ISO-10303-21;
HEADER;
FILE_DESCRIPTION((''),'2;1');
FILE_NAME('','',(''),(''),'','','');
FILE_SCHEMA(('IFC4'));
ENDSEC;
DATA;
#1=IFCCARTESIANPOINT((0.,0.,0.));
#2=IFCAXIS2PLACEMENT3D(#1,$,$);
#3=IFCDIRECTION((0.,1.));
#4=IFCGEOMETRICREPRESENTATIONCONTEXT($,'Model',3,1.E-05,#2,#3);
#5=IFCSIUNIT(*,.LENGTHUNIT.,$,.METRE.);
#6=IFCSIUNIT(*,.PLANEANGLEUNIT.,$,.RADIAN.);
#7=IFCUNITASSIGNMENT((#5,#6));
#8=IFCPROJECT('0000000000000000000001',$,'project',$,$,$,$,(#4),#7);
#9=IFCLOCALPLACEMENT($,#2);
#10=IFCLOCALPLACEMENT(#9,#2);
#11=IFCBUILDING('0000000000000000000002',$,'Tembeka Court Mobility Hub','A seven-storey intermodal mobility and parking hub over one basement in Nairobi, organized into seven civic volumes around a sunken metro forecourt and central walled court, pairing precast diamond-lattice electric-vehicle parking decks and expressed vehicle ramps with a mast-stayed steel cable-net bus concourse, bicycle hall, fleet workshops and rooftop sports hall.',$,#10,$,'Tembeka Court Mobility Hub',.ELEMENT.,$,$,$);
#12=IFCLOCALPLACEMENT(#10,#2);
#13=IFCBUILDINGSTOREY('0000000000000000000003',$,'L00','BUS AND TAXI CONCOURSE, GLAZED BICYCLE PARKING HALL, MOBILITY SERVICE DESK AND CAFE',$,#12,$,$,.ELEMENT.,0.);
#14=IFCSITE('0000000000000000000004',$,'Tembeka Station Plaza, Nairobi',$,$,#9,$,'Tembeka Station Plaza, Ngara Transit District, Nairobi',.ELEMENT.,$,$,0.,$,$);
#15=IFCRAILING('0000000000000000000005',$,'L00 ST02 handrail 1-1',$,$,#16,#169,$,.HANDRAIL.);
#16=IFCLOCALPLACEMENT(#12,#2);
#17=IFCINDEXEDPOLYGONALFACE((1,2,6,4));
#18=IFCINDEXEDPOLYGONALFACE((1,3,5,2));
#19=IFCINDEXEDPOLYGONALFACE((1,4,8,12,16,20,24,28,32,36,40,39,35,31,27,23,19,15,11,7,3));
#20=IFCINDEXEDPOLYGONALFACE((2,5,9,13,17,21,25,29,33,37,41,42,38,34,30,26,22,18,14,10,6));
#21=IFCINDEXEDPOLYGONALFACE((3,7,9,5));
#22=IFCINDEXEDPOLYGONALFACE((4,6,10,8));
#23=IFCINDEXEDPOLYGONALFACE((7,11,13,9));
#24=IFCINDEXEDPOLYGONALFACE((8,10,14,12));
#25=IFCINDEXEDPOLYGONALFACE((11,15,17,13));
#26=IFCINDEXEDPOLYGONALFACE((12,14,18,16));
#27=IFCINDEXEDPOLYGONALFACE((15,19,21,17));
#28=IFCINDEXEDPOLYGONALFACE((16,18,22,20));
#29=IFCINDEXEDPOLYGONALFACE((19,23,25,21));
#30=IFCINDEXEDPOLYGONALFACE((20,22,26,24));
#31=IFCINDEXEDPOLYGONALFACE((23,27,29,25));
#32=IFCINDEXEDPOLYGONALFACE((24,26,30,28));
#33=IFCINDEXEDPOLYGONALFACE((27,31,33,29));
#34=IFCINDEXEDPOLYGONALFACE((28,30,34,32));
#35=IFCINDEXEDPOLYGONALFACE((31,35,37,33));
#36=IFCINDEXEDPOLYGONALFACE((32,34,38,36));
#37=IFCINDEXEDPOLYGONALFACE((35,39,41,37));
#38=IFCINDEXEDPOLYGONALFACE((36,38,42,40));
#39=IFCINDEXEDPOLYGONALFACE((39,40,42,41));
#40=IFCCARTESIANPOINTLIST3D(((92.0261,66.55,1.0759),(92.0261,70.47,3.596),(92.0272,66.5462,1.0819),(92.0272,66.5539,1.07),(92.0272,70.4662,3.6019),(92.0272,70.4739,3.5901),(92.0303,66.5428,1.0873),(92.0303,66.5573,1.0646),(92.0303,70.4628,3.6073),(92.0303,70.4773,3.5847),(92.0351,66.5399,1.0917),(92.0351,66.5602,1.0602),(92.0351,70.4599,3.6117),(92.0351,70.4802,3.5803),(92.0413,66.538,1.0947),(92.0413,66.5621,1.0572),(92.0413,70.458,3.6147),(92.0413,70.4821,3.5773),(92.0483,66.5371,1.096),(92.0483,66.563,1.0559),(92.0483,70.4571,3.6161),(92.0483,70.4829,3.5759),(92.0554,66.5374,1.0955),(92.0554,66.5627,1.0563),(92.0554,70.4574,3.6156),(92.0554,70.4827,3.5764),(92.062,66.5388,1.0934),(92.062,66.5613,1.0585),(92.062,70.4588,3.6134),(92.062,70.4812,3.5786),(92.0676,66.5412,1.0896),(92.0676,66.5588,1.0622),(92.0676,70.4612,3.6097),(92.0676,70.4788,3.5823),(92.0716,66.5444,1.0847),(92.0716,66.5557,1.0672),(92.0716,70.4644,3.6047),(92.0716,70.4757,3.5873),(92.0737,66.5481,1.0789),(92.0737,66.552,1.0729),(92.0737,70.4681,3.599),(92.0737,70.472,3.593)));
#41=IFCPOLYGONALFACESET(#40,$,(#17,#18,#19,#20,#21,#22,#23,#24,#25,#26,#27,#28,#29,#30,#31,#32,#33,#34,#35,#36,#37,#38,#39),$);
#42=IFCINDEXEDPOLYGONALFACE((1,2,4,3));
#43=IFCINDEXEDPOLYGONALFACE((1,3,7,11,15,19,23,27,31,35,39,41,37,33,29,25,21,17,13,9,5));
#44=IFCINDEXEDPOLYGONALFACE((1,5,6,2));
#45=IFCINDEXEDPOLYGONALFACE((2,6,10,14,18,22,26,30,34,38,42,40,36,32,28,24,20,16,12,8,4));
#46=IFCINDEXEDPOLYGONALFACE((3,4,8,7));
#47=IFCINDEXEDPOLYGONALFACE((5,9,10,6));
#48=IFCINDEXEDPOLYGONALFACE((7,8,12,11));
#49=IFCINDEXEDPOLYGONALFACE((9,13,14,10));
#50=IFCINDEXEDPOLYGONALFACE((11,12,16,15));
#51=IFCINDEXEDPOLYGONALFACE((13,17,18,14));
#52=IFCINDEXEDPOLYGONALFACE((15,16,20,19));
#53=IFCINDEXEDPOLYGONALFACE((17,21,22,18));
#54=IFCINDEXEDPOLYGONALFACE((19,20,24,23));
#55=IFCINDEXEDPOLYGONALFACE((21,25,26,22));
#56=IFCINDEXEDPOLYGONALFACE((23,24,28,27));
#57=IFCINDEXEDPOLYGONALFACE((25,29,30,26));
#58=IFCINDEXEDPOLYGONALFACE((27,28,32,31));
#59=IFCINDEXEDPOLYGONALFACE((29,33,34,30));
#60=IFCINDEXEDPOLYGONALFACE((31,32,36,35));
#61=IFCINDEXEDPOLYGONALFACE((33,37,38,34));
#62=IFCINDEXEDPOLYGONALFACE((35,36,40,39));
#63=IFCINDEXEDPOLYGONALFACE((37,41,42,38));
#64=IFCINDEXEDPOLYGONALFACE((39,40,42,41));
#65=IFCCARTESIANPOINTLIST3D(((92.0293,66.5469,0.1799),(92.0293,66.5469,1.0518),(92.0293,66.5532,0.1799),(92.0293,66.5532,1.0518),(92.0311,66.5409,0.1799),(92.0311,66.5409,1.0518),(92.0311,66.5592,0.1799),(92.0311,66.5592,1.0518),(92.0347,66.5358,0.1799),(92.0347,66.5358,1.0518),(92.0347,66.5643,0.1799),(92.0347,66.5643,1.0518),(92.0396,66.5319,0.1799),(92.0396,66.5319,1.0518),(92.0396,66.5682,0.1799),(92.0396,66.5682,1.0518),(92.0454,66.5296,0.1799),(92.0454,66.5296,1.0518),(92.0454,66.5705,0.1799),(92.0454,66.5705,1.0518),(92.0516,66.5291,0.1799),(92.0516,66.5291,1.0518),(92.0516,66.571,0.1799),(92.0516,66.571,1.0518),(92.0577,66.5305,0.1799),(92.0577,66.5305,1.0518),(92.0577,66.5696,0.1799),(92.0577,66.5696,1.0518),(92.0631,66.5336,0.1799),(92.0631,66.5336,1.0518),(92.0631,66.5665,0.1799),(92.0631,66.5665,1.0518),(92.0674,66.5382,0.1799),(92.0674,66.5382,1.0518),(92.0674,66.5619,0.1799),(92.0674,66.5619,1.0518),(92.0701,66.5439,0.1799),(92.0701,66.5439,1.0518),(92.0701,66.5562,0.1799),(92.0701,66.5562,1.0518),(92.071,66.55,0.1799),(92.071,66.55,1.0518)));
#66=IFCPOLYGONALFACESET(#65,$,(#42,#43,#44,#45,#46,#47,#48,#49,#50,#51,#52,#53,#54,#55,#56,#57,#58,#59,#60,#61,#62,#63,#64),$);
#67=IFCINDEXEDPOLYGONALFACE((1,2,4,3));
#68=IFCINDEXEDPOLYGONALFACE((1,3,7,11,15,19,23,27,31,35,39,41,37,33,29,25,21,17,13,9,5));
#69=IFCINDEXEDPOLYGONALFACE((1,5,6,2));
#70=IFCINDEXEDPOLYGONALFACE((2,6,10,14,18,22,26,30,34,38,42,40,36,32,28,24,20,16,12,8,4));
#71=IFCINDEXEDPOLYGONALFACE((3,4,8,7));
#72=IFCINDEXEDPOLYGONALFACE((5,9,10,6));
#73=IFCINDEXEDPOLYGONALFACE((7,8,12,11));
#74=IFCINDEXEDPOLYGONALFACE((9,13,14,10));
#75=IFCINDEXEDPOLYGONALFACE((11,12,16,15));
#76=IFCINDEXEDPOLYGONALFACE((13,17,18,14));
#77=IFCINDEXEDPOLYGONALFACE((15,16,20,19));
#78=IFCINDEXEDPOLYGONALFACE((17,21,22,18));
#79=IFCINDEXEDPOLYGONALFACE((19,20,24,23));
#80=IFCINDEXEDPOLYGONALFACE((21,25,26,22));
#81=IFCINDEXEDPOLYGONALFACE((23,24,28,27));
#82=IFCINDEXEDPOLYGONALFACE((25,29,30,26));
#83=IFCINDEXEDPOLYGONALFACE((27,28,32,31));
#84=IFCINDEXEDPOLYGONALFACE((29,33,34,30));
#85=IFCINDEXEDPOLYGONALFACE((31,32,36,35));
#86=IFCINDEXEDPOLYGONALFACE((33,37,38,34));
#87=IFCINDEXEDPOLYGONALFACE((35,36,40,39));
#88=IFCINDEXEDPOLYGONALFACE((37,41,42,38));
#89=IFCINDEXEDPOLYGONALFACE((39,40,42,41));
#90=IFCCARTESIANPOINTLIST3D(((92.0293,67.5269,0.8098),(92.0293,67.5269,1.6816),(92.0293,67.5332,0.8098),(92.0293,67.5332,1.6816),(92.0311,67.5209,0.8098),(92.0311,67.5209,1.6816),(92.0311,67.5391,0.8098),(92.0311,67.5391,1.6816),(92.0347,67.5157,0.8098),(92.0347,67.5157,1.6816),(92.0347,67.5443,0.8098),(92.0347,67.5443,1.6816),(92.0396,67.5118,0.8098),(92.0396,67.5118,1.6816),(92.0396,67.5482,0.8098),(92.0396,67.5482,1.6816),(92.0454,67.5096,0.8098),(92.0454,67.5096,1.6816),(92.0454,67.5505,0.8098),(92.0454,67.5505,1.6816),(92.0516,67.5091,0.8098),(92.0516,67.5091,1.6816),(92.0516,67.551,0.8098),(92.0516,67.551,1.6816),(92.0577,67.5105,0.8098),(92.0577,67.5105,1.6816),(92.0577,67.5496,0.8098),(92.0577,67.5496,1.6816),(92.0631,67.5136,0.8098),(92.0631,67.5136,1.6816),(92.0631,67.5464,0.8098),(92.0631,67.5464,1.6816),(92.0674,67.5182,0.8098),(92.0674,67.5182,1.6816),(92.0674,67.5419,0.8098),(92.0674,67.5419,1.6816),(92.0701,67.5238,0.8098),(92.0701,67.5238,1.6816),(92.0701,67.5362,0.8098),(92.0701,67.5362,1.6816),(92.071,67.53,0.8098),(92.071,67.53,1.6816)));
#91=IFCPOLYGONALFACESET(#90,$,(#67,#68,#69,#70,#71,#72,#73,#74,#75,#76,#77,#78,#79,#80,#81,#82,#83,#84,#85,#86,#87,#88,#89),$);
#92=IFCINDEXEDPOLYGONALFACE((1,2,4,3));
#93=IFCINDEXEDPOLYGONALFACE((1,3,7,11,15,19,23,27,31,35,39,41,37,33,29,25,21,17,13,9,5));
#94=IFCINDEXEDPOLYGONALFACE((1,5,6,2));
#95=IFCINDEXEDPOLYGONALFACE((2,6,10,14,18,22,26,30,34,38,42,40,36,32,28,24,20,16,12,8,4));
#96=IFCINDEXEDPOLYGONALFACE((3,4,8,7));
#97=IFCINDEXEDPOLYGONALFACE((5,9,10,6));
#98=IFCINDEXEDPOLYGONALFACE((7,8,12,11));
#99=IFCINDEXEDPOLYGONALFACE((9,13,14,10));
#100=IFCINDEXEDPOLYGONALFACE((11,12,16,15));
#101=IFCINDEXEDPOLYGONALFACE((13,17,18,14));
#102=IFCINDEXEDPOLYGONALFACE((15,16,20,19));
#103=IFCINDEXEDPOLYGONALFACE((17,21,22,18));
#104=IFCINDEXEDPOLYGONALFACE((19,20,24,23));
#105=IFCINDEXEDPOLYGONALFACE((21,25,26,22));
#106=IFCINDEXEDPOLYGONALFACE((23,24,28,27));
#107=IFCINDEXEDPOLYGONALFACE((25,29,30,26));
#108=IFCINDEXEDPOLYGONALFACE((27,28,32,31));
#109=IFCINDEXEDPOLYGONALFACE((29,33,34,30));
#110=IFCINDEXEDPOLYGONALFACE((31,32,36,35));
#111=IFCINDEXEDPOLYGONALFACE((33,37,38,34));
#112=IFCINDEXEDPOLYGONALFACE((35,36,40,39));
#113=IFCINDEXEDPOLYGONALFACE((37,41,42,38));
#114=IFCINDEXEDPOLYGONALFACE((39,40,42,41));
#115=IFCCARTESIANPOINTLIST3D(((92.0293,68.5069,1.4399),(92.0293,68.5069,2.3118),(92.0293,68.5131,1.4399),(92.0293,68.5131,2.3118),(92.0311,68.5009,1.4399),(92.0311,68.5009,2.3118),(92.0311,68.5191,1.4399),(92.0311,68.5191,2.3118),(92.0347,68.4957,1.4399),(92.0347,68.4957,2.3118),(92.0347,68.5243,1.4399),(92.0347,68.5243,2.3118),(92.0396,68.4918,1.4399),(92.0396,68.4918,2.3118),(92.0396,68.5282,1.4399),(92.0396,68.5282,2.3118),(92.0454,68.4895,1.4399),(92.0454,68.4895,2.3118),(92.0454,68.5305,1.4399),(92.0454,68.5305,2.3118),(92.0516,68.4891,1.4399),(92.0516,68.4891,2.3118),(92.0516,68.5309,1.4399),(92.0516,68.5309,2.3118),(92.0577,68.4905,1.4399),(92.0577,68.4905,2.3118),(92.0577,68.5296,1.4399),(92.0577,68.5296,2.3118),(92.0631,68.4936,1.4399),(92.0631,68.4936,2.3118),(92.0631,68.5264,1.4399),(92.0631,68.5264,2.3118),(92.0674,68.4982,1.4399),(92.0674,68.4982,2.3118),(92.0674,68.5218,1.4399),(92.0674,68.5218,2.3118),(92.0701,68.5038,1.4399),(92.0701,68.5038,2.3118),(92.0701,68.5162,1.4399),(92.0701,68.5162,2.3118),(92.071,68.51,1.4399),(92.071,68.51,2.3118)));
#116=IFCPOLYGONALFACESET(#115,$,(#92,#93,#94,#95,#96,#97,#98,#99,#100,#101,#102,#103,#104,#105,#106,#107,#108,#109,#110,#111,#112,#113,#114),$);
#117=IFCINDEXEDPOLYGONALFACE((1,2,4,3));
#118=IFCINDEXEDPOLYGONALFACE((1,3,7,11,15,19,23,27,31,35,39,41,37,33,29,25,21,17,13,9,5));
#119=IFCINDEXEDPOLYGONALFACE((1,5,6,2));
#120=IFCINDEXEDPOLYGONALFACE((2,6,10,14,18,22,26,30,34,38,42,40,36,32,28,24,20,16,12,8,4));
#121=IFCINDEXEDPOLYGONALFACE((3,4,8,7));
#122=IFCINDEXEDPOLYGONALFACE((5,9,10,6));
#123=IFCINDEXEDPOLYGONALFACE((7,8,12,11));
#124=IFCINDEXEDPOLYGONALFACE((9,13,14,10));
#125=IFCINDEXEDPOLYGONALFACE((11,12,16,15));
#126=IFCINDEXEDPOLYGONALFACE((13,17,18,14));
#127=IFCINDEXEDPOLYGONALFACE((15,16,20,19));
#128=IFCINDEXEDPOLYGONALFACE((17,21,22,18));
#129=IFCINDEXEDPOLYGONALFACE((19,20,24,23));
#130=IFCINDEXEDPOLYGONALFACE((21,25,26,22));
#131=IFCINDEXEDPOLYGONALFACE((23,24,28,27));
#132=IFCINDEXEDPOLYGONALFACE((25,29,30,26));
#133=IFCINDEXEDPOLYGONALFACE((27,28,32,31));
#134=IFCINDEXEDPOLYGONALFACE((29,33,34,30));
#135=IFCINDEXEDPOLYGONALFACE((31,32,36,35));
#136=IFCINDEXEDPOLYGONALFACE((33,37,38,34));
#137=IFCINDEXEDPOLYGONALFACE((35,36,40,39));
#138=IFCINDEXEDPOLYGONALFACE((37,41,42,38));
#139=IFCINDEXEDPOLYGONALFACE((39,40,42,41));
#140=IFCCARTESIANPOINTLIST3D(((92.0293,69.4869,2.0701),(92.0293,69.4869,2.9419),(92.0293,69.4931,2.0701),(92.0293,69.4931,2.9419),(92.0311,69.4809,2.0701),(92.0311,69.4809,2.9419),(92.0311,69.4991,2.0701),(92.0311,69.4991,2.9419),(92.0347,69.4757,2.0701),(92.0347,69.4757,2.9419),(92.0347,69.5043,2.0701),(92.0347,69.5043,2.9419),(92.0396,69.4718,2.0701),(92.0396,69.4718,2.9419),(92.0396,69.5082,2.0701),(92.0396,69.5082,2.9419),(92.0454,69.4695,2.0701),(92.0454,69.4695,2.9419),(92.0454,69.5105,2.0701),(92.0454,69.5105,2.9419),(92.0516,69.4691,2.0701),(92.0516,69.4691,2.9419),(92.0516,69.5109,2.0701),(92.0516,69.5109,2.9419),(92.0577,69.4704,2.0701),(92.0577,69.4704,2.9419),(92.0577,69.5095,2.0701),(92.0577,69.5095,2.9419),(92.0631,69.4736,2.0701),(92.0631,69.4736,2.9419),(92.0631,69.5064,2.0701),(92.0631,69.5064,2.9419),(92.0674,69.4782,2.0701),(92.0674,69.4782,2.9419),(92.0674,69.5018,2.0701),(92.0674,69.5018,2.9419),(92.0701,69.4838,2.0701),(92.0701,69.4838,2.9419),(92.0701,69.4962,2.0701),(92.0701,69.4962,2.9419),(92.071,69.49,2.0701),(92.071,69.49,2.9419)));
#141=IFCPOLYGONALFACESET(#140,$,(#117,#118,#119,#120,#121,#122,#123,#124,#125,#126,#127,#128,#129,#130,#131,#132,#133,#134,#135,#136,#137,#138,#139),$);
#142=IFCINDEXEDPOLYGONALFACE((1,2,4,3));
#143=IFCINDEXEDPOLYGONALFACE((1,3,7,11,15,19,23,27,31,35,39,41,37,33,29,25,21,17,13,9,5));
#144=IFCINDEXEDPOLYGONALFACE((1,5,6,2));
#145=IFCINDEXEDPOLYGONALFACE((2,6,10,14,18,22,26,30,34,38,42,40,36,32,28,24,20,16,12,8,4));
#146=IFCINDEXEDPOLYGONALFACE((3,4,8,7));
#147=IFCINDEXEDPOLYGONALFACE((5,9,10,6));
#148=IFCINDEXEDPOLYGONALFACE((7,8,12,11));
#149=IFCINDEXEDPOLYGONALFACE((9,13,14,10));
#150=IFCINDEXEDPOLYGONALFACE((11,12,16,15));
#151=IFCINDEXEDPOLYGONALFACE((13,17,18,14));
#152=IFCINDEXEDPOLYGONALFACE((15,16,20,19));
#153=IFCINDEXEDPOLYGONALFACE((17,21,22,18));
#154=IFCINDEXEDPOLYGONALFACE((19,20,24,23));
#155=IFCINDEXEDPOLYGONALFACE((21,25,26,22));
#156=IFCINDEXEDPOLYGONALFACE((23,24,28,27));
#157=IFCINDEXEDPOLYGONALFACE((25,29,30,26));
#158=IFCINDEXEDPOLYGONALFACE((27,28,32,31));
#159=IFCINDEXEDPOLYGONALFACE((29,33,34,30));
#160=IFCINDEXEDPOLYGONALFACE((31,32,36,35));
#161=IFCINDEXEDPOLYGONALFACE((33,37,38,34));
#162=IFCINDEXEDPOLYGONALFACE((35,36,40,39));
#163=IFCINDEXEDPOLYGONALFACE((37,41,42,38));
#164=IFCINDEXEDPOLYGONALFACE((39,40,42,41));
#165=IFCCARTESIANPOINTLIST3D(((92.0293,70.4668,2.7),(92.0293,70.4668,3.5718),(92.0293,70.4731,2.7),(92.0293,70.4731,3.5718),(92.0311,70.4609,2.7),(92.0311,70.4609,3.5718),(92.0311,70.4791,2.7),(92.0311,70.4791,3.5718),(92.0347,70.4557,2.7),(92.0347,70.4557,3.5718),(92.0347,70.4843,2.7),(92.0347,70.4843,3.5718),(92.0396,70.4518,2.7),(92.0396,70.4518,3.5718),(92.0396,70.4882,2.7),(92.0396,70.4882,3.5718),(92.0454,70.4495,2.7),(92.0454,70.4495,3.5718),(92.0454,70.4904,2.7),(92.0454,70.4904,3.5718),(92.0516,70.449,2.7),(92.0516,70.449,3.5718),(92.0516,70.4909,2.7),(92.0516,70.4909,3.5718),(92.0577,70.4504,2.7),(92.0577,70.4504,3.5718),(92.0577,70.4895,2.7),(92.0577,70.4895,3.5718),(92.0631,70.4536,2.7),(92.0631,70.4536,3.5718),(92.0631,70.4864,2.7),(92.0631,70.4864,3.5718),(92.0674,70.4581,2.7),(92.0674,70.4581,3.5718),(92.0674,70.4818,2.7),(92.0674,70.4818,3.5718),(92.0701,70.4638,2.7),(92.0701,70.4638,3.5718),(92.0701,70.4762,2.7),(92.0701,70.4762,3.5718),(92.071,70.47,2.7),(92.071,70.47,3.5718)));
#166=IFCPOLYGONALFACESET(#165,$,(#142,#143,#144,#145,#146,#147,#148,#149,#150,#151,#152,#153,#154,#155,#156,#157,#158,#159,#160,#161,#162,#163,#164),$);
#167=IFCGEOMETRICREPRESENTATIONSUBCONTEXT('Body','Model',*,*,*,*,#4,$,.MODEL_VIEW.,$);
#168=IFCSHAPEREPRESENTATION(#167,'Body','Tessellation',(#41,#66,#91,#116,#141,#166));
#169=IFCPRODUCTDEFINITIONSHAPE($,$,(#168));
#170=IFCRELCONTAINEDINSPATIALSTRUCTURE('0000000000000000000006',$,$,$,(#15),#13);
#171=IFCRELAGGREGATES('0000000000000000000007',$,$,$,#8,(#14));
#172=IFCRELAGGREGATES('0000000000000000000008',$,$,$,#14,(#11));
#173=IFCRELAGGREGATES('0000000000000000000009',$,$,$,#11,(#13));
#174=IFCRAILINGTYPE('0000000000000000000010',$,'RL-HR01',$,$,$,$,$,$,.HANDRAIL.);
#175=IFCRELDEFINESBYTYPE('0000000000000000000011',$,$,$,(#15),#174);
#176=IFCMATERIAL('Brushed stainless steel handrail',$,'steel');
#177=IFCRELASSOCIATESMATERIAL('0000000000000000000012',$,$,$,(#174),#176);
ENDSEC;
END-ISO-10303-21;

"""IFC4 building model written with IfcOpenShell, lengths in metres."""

from ifc_helpers import new_model, si_unit, direction, frame, origin, origin_2d, place, context, subcontext, project, spatial, circle, extrude, material, type_object, element, save


model = new_model("IFC4")

# Units and contexts
model_context = context("Model", 3, precision=1e-05, world=origin(), true_north=direction((0.0, 1.0)))
body_context = subcontext(model_context, "Body", "Model", "MODEL_VIEW")
ifc_project = project(units=[si_unit("LENGTHUNIT", "METRE"), si_unit("PLANEANGLEUNIT", "RADIAN")], contexts=[model_context])

# Site, building, storey
site_placement = place(None, origin())
site = spatial("IfcSite", under=ifc_project, at=site_placement, Name="Tembeka Station Plaza, Nairobi", LongName="Tembeka Station Plaza, Ngara Transit District, Nairobi", CompositionType="ELEMENT", RefElevation=0.0)
building_placement = place(site_placement, origin())
building = spatial("IfcBuilding", under=site, at=building_placement, Name="Tembeka Court Mobility Hub", Description="A seven-storey intermodal mobility and parking hub over one basement in Nairobi, organized into seven civic volumes around a sunken metro forecourt and central walled court, pairing precast diamond-lattice electric-vehicle parking decks and expressed vehicle ramps with a mast-stayed steel cable-net bus concourse, bicycle hall, fleet workshops and rooftop sports hall.", LongName="Tembeka Court Mobility Hub", CompositionType="ELEMENT")
storey_placement = place(building_placement, origin())
storey = spatial("IfcBuildingStorey", under=building, at=storey_placement, Name="L00", Description="BUS AND TAXI CONCOURSE, GLAZED BICYCLE PARKING HALL, MOBILITY SERVICE DESK AND CAFE", CompositionType="ELEMENT", Elevation=0.0)

# Railing
ifc_material_1 = material(Name="Brushed stainless steel handrail", Category="steel")
railing_type_1 = type_object("IfcRailingType", Name="RL-HR01", PredefinedType="HANDRAIL", material=ifc_material_1)
railing_1_placement = place(storey_placement, frame((92.05, 66.55, 0.1799)))
element("IfcRailing", 1, at=railing_1_placement, inside=storey, type_object=railing_type_1, Name="L00 ST02 handrail 1-1", PredefinedType="HANDRAIL", context=body_context, shape_type="SweptSolid", body=[
    extrude(circle(Radius=0.0239, at=origin_2d()), frame((0.0, 0.0, 0.896), z_axis=(0.0, 0.841172, 0.540768), x_axis=(-1.0, 0.0, 0.0)), (0.0, 0.0, 1.0), 4.6602),
    extrude(circle(Radius=0.021, at=origin_2d()), origin(), (0.0, 0.0, 1.0), 0.8718),
    extrude(circle(Radius=0.021, at=origin_2d()), frame((0.0, 0.98, 0.6299)), (0.0, 0.0, 1.0), 0.8718),
    extrude(circle(Radius=0.021, at=origin_2d()), frame((0.0, 1.96, 1.26)), (0.0, 0.0, 1.0), 0.8718),
    extrude(circle(Radius=0.021, at=origin_2d()), frame((0.0, 2.9399, 1.8901)), (0.0, 0.0, 1.0), 0.8718),
    extrude(circle(Radius=0.021, at=origin_2d()), frame((0.0, 3.9199, 2.52)), (0.0, 0.0, 1.0), 0.8718),
])

save(model, "model.ifc")
